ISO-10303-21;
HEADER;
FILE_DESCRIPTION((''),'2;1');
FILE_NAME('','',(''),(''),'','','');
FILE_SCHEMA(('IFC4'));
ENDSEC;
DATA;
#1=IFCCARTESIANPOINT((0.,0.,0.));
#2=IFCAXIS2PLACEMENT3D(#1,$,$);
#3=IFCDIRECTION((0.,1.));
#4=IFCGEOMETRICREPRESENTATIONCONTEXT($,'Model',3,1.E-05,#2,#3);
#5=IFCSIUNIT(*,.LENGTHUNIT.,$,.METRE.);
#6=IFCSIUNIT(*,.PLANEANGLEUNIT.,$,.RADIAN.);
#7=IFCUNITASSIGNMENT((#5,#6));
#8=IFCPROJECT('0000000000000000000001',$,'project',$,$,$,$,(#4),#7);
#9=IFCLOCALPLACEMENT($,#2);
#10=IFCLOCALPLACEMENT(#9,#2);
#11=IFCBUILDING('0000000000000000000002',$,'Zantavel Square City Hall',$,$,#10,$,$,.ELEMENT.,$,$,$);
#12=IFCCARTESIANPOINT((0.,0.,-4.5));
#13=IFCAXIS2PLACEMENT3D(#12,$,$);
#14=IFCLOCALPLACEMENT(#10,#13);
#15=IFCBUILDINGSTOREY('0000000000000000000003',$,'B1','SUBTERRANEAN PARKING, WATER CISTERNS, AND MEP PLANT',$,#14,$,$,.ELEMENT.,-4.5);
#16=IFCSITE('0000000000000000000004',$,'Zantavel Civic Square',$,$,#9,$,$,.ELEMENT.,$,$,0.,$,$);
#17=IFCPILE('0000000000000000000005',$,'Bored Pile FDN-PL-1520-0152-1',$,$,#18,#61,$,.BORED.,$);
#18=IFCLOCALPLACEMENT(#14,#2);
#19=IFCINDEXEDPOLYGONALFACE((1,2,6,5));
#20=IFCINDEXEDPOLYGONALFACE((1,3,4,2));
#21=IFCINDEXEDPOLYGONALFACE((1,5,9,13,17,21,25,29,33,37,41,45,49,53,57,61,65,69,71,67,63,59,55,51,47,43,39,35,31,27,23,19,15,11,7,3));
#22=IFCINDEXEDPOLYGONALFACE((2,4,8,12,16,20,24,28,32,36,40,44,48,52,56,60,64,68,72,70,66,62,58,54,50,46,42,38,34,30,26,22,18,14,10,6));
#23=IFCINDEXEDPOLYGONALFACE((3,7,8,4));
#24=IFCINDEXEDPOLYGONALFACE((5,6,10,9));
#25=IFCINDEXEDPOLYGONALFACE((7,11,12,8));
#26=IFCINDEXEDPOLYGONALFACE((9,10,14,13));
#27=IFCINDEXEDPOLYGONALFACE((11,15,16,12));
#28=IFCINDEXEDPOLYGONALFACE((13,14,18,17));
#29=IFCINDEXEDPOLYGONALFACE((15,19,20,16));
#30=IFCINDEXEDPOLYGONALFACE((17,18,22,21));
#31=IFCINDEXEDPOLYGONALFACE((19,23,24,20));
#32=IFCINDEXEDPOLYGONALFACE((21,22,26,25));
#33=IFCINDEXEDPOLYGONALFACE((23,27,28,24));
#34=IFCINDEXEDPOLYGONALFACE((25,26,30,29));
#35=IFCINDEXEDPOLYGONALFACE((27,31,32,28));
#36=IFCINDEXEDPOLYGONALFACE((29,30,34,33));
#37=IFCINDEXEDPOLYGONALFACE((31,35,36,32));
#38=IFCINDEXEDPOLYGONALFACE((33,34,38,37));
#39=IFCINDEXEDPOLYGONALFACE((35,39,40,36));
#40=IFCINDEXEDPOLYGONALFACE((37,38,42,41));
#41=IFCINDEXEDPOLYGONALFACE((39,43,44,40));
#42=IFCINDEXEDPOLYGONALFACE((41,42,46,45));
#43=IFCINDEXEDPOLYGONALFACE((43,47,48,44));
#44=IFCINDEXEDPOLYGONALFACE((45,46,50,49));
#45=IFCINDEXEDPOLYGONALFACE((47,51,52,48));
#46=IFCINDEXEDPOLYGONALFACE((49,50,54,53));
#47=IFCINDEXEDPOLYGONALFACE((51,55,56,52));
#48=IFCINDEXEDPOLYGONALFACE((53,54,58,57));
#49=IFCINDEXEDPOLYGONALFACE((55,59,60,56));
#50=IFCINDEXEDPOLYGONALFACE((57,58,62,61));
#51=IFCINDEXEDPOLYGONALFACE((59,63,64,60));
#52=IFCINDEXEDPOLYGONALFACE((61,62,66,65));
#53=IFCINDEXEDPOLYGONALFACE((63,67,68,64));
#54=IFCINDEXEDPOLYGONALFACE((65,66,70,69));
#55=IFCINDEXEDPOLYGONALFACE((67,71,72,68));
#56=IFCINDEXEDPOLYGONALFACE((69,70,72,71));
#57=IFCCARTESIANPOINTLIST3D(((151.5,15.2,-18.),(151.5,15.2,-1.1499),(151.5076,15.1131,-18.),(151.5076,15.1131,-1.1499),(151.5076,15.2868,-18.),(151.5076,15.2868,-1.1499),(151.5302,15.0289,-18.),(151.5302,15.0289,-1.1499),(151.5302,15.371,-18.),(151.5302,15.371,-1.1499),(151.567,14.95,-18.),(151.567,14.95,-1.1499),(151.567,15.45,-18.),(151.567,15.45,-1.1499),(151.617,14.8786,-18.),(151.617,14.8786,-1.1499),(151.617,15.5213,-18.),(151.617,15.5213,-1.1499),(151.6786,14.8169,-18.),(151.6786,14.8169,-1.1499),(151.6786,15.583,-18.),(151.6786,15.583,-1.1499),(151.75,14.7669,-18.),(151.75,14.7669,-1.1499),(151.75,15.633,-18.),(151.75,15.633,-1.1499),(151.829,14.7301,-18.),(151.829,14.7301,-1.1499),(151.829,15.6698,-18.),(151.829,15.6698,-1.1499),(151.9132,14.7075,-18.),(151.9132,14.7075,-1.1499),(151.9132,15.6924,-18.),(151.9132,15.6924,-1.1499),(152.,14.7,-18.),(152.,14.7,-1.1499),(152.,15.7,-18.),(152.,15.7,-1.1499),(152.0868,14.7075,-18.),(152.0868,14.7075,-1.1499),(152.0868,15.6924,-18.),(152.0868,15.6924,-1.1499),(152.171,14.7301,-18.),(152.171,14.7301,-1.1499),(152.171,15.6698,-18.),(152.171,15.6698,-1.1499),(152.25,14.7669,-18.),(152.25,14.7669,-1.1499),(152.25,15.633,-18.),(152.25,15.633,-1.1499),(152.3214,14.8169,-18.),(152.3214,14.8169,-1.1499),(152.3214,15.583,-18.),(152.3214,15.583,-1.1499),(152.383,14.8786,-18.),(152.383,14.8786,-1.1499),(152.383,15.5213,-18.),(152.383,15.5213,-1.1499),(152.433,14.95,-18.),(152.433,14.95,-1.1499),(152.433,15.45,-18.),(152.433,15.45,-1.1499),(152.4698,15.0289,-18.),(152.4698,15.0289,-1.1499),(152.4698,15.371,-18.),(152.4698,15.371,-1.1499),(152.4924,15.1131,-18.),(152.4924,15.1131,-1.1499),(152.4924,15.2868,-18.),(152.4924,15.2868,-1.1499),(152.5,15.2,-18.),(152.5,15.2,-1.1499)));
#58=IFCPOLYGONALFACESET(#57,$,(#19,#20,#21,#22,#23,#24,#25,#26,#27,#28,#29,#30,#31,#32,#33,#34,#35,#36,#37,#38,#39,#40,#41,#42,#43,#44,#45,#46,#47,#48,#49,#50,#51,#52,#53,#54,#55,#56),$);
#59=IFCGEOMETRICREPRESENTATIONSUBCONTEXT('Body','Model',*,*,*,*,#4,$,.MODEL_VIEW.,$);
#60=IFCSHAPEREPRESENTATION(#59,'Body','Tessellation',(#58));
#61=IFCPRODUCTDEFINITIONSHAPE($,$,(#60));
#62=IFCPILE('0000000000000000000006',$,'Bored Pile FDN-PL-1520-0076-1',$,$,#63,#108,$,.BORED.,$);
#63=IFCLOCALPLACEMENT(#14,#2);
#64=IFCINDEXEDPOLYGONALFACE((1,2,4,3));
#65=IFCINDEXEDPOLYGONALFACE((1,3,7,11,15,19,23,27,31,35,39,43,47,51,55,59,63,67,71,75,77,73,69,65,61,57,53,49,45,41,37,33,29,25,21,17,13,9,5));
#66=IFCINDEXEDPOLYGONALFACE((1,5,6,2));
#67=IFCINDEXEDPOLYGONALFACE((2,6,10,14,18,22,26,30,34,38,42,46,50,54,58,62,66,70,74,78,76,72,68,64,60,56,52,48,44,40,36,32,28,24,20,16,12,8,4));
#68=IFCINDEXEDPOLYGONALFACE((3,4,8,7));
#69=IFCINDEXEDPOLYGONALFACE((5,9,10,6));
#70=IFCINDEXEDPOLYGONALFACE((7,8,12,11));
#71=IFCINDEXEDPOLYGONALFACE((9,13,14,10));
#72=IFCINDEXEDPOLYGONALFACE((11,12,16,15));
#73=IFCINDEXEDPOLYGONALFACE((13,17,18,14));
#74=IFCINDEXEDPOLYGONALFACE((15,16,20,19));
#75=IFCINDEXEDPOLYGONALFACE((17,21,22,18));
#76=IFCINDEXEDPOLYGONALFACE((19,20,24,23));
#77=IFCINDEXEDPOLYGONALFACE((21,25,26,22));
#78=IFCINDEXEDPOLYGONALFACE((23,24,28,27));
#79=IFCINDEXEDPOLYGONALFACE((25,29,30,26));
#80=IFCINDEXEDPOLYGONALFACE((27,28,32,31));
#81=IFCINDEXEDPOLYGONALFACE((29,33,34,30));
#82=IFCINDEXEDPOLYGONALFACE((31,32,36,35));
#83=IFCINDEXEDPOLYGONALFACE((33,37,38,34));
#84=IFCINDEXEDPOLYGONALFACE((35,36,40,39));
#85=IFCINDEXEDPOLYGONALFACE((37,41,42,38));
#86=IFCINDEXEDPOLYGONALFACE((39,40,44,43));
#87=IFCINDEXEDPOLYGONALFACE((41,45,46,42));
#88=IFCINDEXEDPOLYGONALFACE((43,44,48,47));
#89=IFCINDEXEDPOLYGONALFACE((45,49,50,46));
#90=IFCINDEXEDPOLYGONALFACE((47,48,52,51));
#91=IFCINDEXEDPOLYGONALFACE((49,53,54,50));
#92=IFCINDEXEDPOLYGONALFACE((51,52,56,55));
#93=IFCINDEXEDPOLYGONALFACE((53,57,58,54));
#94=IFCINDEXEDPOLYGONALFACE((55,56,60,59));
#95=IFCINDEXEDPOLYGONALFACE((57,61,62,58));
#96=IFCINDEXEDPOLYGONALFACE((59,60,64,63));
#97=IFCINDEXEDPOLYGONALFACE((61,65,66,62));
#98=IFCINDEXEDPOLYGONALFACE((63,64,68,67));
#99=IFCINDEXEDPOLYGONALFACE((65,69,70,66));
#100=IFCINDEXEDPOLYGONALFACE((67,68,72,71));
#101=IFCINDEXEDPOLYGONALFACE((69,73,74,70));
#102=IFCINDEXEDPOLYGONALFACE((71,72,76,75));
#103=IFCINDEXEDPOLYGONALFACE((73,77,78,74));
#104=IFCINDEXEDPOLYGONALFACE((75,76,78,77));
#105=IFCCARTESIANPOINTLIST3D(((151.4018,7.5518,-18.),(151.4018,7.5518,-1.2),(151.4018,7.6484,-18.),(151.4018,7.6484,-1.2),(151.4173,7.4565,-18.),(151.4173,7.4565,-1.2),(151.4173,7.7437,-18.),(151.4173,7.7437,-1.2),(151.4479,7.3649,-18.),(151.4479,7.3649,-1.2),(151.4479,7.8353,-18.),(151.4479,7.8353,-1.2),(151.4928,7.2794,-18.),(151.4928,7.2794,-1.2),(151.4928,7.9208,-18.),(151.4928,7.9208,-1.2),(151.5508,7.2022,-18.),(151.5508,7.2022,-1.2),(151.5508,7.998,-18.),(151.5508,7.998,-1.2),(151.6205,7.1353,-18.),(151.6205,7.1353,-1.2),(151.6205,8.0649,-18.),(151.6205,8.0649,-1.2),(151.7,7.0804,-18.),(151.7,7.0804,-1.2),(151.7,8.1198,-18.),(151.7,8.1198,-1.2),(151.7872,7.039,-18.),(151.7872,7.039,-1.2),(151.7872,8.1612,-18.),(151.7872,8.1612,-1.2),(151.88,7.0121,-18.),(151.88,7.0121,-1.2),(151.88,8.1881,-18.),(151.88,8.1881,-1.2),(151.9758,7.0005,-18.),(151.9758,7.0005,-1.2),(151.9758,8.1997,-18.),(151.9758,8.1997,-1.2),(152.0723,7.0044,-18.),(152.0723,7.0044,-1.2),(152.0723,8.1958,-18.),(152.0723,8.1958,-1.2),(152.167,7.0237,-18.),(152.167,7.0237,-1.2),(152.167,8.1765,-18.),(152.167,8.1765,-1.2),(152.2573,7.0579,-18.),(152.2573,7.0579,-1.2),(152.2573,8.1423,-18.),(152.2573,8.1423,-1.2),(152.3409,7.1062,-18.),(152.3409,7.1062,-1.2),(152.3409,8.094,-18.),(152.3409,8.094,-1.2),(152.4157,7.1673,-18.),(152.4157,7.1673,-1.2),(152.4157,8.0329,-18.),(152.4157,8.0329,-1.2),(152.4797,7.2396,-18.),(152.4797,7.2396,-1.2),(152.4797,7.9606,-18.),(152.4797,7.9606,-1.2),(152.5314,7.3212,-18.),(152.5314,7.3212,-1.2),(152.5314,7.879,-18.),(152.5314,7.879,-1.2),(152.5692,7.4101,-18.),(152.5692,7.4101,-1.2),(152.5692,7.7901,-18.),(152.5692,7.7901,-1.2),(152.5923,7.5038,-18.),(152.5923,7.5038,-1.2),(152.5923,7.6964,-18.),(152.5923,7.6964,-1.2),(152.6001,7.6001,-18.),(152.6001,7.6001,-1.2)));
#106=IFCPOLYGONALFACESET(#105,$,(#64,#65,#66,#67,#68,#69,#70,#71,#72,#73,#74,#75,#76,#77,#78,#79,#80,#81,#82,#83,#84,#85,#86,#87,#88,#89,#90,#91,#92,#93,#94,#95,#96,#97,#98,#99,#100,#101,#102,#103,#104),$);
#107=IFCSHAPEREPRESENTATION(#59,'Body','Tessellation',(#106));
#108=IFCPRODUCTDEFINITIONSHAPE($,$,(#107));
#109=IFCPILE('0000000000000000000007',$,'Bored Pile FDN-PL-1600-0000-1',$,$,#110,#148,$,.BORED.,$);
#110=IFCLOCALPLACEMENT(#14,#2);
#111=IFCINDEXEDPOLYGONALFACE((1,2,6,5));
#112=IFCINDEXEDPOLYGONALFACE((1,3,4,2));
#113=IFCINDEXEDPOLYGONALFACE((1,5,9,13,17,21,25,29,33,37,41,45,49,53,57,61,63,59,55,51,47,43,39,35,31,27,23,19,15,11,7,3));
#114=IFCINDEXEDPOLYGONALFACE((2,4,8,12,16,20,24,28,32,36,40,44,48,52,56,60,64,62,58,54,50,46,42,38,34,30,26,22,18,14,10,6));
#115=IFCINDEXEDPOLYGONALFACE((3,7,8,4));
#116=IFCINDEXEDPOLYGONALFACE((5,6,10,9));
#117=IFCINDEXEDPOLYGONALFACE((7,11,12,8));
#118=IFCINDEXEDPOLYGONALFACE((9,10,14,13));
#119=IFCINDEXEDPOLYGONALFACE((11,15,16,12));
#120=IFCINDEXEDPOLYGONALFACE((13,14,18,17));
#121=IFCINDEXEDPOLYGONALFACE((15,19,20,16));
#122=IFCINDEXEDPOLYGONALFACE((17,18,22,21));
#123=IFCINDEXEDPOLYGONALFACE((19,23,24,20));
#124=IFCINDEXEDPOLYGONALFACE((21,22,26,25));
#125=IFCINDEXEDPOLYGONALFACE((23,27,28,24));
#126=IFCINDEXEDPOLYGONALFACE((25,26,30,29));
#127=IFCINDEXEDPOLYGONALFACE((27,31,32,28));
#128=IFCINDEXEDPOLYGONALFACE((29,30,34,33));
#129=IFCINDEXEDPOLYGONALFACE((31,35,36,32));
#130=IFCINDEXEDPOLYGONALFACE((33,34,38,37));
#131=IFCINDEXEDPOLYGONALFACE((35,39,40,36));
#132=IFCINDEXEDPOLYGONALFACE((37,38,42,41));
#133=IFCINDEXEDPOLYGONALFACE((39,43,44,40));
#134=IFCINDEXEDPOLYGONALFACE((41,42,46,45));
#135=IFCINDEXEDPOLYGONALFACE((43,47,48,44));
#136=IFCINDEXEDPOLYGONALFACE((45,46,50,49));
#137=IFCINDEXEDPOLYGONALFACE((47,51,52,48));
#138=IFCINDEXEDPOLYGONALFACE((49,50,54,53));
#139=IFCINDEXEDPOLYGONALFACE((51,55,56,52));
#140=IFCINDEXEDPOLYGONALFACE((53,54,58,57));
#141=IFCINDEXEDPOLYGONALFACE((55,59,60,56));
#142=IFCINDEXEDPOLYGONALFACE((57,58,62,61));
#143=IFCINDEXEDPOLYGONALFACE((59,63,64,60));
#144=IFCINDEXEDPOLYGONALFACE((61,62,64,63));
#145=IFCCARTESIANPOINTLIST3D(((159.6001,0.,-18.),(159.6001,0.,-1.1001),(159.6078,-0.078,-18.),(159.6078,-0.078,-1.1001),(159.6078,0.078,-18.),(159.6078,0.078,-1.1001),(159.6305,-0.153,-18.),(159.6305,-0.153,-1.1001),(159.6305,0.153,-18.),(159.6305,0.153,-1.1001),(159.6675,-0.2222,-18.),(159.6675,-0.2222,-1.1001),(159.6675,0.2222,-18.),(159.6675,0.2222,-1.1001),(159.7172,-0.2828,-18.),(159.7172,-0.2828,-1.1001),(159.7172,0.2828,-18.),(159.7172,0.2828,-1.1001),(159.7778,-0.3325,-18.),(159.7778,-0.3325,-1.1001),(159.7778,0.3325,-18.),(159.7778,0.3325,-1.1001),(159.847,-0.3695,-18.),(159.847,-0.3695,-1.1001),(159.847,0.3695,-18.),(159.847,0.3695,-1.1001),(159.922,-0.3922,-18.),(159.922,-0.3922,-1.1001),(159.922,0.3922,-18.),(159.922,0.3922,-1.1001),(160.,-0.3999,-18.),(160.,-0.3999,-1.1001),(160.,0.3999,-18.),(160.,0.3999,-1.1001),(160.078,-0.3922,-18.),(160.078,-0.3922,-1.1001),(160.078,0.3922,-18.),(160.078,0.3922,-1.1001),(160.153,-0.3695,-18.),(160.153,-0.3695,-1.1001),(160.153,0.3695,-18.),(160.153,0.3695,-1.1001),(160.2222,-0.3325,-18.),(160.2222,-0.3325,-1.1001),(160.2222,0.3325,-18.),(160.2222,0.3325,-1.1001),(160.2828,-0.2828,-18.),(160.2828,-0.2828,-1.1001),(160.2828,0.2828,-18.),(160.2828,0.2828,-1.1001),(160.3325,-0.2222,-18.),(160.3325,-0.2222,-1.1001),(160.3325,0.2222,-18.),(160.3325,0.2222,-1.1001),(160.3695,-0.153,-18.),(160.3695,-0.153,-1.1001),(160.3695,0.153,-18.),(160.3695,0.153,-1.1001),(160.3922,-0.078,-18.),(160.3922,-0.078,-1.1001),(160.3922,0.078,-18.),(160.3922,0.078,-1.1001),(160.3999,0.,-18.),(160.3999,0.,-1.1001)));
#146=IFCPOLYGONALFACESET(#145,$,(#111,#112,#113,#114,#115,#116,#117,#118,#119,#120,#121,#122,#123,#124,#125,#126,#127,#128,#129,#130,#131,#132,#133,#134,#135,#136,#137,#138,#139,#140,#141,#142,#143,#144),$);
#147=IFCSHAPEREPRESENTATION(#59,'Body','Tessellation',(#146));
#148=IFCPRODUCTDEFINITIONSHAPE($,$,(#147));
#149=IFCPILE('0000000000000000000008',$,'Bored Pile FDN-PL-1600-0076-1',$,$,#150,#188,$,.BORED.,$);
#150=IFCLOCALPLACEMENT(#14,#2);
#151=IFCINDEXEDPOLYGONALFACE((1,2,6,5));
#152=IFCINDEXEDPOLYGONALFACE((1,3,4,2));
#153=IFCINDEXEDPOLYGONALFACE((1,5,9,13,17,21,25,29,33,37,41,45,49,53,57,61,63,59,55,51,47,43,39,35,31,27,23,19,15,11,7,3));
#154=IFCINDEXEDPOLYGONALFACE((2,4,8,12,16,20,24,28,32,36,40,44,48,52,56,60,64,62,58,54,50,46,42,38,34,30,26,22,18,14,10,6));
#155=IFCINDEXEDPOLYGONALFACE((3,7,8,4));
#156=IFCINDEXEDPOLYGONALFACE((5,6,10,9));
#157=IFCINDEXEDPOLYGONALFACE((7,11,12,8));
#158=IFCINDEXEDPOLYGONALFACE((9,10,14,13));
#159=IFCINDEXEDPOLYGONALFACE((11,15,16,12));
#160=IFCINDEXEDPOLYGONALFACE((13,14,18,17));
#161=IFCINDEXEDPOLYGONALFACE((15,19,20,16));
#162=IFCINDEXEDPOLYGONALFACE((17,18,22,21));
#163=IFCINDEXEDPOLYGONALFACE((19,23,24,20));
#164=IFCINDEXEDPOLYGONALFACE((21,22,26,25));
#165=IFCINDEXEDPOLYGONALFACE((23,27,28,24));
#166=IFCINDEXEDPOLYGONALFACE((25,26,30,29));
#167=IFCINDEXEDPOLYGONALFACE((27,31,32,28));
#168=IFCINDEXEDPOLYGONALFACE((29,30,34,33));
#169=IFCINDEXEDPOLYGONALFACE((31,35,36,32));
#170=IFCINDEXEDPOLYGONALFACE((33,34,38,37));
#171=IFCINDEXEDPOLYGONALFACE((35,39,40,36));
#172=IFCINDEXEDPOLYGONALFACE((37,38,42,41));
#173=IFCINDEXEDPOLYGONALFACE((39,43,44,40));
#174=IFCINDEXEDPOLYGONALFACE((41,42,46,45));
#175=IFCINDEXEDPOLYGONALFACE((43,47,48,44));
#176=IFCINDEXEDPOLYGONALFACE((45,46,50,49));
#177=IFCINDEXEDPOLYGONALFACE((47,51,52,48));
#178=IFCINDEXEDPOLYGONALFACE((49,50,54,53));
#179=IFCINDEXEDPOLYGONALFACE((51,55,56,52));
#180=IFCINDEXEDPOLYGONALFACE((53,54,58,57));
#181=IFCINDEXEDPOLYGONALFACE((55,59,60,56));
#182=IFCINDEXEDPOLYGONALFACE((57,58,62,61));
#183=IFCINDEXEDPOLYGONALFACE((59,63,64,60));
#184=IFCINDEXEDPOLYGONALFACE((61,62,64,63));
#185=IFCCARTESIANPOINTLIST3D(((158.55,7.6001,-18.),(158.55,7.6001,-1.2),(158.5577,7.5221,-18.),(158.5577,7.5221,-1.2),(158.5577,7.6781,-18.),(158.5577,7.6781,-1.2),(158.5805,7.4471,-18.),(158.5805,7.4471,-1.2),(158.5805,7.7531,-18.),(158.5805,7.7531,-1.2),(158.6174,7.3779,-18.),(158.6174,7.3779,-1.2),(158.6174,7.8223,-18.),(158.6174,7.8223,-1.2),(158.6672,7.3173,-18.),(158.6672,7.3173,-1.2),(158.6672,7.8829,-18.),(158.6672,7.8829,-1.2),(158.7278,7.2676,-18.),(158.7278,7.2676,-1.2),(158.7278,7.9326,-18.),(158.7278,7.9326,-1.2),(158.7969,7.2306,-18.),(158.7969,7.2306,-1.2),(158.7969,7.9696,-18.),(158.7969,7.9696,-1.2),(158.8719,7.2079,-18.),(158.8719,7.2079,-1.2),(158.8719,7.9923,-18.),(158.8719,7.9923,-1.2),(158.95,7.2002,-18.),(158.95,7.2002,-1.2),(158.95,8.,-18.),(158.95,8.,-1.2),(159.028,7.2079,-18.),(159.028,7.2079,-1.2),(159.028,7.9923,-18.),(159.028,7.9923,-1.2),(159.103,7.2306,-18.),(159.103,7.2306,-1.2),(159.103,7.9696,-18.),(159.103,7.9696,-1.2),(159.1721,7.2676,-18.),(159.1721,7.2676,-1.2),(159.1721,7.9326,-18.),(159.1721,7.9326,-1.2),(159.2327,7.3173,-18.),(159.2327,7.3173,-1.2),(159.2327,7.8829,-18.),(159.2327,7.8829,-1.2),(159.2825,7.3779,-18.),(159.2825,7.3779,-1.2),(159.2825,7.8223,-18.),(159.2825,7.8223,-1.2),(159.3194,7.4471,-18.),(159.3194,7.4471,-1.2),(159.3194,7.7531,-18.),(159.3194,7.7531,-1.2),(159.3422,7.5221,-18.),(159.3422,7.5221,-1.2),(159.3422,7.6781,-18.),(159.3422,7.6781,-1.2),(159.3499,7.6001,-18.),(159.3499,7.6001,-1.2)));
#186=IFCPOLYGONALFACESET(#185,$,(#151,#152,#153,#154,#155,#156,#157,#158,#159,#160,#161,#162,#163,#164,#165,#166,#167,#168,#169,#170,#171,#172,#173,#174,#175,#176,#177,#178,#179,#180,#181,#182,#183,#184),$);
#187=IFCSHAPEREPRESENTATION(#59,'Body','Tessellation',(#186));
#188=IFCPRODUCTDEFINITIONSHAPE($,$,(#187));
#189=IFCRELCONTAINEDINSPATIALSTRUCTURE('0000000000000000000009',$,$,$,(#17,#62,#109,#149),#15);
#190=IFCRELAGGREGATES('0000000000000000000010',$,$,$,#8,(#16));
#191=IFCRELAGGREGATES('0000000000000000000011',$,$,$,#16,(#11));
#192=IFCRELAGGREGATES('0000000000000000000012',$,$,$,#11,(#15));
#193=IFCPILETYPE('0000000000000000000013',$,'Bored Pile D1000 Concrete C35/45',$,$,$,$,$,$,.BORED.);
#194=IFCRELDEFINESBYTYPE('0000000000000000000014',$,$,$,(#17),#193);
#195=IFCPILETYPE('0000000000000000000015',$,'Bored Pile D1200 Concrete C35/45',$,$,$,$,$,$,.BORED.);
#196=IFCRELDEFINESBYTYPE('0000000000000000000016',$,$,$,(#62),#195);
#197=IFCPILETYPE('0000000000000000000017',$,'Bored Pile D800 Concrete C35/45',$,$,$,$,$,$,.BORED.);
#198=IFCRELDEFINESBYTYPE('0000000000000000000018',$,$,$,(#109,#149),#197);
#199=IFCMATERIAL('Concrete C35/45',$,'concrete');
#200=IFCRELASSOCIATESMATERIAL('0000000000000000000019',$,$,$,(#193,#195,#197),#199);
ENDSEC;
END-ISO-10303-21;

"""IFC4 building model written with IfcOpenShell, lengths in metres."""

from ifc_helpers import new_model, si_unit, direction, frame, origin, origin_2d, place, context, subcontext, project, spatial, circle, extrude, material, material_profile, profile_set, type_object, element, save


model = new_model("IFC4")

# Units and contexts
model_context = context("Model", 3, precision=1e-05, world=origin(), true_north=direction((0.0, 1.0)))
body_context = subcontext(model_context, "Body", "Model", "MODEL_VIEW")
ifc_project = project(units=[si_unit("LENGTHUNIT", "METRE"), si_unit("PLANEANGLEUNIT", "RADIAN")], contexts=[model_context])

# Site, building, storey
site_placement = place(None, origin())
site = spatial("IfcSite", under=ifc_project, at=site_placement, Name="Zantavel Civic Square", CompositionType="ELEMENT", RefElevation=0.0)
building_placement = place(site_placement, origin())
building = spatial("IfcBuilding", under=site, at=building_placement, Name="Zantavel Square City Hall", CompositionType="ELEMENT")
storey_placement = place(building_placement, frame((0.0, 0.0, -4.5)))
storey = spatial("IfcBuildingStorey", under=building, at=storey_placement, Name="B1", Description="SUBTERRANEAN PARKING, WATER CISTERNS, AND MEP PLANT", CompositionType="ELEMENT", Elevation=-4.5)

# Piles
ifc_material_1 = material(Name="Concrete C35/45", Category="concrete")
ifc_material_profile_1 = material_profile(ifc_material_1, circle(Radius=0.5, at=origin_2d()), Name="PILE D1000")
ifc_profile_set_1 = profile_set([ifc_material_profile_1], Name="Concrete C35/45")
pile_type_1 = type_object("IfcPileType", Name="Bored Pile D1000 Concrete C35/45", PredefinedType="BORED", material=ifc_profile_set_1)
pile_1_placement = place(storey_placement, frame((152.0, 15.2, -1.1499), z_axis=(0.0, 0.0, -1.0), x_axis=(1.0, 0.0, 0.0)))
element("IfcPile", 1, at=pile_1_placement, inside=storey, type_object=pile_type_1, Name="Bored Pile FDN-PL-1520-0152-1", PredefinedType="BORED", context=body_context, shape_type="SweptSolid", body=[
    extrude(circle(Radius=0.5, at=origin_2d()), origin(), (0.0, 0.0, 1.0), 16.8501),
])
ifc_material_profile_2 = material_profile(ifc_material_1, circle(Radius=0.6001, at=origin_2d()), Name="PILE D1200")
ifc_profile_set_2 = profile_set([ifc_material_profile_2], Name="Concrete C35/45")
pile_type_2 = type_object("IfcPileType", Name="Bored Pile D1200 Concrete C35/45", PredefinedType="BORED", material=ifc_profile_set_2)
pile_2_placement = place(storey_placement, frame((152.0, 7.6001, -1.2), z_axis=(0.0, 0.0, -1.0), x_axis=(1.0, 0.0, 0.0)))
element("IfcPile", 2, at=pile_2_placement, inside=storey, type_object=pile_type_2, Name="Bored Pile FDN-PL-1520-0076-1", PredefinedType="BORED", context=body_context, shape_type="SweptSolid", body=[
    extrude(circle(Radius=0.6001, at=origin_2d()), origin(), (0.0, 0.0, 1.0), 16.8),
])
ifc_material_profile_3 = material_profile(ifc_material_1, circle(Radius=0.3999, at=origin_2d()), Name="PILE D800")
ifc_profile_set_3 = profile_set([ifc_material_profile_3], Name="Concrete C35/45")
pile_type_3 = type_object("IfcPileType", Name="Bored Pile D800 Concrete C35/45", PredefinedType="BORED", material=ifc_profile_set_3)
pile_3_placement = place(storey_placement, frame((160.0, 0.0, -1.1001), z_axis=(0.0, 0.0, -1.0), x_axis=(1.0, 0.0, 0.0)))
element("IfcPile", 3, at=pile_3_placement, inside=storey, type_object=pile_type_3, Name="Bored Pile FDN-PL-1600-0000-1", PredefinedType="BORED", context=body_context, shape_type="SweptSolid", body=[
    extrude(circle(Radius=0.3999, at=origin_2d()), origin(), (0.0, 0.0, 1.0), 16.8999),
])
pile_4_placement = place(storey_placement, frame((158.95, 7.6001, -1.2), z_axis=(0.0, 0.0, -1.0), x_axis=(1.0, 0.0, 0.0)))
element("IfcPile", 4, at=pile_4_placement, inside=storey, type_object=pile_type_3, Name="Bored Pile FDN-PL-1600-0076-1", PredefinedType="BORED", context=body_context, shape_type="SweptSolid", body=[
    extrude(circle(Radius=0.3999, at=origin_2d()), origin(), (0.0, 0.0, 1.0), 16.8),
])

save(model, "model.ifc")
